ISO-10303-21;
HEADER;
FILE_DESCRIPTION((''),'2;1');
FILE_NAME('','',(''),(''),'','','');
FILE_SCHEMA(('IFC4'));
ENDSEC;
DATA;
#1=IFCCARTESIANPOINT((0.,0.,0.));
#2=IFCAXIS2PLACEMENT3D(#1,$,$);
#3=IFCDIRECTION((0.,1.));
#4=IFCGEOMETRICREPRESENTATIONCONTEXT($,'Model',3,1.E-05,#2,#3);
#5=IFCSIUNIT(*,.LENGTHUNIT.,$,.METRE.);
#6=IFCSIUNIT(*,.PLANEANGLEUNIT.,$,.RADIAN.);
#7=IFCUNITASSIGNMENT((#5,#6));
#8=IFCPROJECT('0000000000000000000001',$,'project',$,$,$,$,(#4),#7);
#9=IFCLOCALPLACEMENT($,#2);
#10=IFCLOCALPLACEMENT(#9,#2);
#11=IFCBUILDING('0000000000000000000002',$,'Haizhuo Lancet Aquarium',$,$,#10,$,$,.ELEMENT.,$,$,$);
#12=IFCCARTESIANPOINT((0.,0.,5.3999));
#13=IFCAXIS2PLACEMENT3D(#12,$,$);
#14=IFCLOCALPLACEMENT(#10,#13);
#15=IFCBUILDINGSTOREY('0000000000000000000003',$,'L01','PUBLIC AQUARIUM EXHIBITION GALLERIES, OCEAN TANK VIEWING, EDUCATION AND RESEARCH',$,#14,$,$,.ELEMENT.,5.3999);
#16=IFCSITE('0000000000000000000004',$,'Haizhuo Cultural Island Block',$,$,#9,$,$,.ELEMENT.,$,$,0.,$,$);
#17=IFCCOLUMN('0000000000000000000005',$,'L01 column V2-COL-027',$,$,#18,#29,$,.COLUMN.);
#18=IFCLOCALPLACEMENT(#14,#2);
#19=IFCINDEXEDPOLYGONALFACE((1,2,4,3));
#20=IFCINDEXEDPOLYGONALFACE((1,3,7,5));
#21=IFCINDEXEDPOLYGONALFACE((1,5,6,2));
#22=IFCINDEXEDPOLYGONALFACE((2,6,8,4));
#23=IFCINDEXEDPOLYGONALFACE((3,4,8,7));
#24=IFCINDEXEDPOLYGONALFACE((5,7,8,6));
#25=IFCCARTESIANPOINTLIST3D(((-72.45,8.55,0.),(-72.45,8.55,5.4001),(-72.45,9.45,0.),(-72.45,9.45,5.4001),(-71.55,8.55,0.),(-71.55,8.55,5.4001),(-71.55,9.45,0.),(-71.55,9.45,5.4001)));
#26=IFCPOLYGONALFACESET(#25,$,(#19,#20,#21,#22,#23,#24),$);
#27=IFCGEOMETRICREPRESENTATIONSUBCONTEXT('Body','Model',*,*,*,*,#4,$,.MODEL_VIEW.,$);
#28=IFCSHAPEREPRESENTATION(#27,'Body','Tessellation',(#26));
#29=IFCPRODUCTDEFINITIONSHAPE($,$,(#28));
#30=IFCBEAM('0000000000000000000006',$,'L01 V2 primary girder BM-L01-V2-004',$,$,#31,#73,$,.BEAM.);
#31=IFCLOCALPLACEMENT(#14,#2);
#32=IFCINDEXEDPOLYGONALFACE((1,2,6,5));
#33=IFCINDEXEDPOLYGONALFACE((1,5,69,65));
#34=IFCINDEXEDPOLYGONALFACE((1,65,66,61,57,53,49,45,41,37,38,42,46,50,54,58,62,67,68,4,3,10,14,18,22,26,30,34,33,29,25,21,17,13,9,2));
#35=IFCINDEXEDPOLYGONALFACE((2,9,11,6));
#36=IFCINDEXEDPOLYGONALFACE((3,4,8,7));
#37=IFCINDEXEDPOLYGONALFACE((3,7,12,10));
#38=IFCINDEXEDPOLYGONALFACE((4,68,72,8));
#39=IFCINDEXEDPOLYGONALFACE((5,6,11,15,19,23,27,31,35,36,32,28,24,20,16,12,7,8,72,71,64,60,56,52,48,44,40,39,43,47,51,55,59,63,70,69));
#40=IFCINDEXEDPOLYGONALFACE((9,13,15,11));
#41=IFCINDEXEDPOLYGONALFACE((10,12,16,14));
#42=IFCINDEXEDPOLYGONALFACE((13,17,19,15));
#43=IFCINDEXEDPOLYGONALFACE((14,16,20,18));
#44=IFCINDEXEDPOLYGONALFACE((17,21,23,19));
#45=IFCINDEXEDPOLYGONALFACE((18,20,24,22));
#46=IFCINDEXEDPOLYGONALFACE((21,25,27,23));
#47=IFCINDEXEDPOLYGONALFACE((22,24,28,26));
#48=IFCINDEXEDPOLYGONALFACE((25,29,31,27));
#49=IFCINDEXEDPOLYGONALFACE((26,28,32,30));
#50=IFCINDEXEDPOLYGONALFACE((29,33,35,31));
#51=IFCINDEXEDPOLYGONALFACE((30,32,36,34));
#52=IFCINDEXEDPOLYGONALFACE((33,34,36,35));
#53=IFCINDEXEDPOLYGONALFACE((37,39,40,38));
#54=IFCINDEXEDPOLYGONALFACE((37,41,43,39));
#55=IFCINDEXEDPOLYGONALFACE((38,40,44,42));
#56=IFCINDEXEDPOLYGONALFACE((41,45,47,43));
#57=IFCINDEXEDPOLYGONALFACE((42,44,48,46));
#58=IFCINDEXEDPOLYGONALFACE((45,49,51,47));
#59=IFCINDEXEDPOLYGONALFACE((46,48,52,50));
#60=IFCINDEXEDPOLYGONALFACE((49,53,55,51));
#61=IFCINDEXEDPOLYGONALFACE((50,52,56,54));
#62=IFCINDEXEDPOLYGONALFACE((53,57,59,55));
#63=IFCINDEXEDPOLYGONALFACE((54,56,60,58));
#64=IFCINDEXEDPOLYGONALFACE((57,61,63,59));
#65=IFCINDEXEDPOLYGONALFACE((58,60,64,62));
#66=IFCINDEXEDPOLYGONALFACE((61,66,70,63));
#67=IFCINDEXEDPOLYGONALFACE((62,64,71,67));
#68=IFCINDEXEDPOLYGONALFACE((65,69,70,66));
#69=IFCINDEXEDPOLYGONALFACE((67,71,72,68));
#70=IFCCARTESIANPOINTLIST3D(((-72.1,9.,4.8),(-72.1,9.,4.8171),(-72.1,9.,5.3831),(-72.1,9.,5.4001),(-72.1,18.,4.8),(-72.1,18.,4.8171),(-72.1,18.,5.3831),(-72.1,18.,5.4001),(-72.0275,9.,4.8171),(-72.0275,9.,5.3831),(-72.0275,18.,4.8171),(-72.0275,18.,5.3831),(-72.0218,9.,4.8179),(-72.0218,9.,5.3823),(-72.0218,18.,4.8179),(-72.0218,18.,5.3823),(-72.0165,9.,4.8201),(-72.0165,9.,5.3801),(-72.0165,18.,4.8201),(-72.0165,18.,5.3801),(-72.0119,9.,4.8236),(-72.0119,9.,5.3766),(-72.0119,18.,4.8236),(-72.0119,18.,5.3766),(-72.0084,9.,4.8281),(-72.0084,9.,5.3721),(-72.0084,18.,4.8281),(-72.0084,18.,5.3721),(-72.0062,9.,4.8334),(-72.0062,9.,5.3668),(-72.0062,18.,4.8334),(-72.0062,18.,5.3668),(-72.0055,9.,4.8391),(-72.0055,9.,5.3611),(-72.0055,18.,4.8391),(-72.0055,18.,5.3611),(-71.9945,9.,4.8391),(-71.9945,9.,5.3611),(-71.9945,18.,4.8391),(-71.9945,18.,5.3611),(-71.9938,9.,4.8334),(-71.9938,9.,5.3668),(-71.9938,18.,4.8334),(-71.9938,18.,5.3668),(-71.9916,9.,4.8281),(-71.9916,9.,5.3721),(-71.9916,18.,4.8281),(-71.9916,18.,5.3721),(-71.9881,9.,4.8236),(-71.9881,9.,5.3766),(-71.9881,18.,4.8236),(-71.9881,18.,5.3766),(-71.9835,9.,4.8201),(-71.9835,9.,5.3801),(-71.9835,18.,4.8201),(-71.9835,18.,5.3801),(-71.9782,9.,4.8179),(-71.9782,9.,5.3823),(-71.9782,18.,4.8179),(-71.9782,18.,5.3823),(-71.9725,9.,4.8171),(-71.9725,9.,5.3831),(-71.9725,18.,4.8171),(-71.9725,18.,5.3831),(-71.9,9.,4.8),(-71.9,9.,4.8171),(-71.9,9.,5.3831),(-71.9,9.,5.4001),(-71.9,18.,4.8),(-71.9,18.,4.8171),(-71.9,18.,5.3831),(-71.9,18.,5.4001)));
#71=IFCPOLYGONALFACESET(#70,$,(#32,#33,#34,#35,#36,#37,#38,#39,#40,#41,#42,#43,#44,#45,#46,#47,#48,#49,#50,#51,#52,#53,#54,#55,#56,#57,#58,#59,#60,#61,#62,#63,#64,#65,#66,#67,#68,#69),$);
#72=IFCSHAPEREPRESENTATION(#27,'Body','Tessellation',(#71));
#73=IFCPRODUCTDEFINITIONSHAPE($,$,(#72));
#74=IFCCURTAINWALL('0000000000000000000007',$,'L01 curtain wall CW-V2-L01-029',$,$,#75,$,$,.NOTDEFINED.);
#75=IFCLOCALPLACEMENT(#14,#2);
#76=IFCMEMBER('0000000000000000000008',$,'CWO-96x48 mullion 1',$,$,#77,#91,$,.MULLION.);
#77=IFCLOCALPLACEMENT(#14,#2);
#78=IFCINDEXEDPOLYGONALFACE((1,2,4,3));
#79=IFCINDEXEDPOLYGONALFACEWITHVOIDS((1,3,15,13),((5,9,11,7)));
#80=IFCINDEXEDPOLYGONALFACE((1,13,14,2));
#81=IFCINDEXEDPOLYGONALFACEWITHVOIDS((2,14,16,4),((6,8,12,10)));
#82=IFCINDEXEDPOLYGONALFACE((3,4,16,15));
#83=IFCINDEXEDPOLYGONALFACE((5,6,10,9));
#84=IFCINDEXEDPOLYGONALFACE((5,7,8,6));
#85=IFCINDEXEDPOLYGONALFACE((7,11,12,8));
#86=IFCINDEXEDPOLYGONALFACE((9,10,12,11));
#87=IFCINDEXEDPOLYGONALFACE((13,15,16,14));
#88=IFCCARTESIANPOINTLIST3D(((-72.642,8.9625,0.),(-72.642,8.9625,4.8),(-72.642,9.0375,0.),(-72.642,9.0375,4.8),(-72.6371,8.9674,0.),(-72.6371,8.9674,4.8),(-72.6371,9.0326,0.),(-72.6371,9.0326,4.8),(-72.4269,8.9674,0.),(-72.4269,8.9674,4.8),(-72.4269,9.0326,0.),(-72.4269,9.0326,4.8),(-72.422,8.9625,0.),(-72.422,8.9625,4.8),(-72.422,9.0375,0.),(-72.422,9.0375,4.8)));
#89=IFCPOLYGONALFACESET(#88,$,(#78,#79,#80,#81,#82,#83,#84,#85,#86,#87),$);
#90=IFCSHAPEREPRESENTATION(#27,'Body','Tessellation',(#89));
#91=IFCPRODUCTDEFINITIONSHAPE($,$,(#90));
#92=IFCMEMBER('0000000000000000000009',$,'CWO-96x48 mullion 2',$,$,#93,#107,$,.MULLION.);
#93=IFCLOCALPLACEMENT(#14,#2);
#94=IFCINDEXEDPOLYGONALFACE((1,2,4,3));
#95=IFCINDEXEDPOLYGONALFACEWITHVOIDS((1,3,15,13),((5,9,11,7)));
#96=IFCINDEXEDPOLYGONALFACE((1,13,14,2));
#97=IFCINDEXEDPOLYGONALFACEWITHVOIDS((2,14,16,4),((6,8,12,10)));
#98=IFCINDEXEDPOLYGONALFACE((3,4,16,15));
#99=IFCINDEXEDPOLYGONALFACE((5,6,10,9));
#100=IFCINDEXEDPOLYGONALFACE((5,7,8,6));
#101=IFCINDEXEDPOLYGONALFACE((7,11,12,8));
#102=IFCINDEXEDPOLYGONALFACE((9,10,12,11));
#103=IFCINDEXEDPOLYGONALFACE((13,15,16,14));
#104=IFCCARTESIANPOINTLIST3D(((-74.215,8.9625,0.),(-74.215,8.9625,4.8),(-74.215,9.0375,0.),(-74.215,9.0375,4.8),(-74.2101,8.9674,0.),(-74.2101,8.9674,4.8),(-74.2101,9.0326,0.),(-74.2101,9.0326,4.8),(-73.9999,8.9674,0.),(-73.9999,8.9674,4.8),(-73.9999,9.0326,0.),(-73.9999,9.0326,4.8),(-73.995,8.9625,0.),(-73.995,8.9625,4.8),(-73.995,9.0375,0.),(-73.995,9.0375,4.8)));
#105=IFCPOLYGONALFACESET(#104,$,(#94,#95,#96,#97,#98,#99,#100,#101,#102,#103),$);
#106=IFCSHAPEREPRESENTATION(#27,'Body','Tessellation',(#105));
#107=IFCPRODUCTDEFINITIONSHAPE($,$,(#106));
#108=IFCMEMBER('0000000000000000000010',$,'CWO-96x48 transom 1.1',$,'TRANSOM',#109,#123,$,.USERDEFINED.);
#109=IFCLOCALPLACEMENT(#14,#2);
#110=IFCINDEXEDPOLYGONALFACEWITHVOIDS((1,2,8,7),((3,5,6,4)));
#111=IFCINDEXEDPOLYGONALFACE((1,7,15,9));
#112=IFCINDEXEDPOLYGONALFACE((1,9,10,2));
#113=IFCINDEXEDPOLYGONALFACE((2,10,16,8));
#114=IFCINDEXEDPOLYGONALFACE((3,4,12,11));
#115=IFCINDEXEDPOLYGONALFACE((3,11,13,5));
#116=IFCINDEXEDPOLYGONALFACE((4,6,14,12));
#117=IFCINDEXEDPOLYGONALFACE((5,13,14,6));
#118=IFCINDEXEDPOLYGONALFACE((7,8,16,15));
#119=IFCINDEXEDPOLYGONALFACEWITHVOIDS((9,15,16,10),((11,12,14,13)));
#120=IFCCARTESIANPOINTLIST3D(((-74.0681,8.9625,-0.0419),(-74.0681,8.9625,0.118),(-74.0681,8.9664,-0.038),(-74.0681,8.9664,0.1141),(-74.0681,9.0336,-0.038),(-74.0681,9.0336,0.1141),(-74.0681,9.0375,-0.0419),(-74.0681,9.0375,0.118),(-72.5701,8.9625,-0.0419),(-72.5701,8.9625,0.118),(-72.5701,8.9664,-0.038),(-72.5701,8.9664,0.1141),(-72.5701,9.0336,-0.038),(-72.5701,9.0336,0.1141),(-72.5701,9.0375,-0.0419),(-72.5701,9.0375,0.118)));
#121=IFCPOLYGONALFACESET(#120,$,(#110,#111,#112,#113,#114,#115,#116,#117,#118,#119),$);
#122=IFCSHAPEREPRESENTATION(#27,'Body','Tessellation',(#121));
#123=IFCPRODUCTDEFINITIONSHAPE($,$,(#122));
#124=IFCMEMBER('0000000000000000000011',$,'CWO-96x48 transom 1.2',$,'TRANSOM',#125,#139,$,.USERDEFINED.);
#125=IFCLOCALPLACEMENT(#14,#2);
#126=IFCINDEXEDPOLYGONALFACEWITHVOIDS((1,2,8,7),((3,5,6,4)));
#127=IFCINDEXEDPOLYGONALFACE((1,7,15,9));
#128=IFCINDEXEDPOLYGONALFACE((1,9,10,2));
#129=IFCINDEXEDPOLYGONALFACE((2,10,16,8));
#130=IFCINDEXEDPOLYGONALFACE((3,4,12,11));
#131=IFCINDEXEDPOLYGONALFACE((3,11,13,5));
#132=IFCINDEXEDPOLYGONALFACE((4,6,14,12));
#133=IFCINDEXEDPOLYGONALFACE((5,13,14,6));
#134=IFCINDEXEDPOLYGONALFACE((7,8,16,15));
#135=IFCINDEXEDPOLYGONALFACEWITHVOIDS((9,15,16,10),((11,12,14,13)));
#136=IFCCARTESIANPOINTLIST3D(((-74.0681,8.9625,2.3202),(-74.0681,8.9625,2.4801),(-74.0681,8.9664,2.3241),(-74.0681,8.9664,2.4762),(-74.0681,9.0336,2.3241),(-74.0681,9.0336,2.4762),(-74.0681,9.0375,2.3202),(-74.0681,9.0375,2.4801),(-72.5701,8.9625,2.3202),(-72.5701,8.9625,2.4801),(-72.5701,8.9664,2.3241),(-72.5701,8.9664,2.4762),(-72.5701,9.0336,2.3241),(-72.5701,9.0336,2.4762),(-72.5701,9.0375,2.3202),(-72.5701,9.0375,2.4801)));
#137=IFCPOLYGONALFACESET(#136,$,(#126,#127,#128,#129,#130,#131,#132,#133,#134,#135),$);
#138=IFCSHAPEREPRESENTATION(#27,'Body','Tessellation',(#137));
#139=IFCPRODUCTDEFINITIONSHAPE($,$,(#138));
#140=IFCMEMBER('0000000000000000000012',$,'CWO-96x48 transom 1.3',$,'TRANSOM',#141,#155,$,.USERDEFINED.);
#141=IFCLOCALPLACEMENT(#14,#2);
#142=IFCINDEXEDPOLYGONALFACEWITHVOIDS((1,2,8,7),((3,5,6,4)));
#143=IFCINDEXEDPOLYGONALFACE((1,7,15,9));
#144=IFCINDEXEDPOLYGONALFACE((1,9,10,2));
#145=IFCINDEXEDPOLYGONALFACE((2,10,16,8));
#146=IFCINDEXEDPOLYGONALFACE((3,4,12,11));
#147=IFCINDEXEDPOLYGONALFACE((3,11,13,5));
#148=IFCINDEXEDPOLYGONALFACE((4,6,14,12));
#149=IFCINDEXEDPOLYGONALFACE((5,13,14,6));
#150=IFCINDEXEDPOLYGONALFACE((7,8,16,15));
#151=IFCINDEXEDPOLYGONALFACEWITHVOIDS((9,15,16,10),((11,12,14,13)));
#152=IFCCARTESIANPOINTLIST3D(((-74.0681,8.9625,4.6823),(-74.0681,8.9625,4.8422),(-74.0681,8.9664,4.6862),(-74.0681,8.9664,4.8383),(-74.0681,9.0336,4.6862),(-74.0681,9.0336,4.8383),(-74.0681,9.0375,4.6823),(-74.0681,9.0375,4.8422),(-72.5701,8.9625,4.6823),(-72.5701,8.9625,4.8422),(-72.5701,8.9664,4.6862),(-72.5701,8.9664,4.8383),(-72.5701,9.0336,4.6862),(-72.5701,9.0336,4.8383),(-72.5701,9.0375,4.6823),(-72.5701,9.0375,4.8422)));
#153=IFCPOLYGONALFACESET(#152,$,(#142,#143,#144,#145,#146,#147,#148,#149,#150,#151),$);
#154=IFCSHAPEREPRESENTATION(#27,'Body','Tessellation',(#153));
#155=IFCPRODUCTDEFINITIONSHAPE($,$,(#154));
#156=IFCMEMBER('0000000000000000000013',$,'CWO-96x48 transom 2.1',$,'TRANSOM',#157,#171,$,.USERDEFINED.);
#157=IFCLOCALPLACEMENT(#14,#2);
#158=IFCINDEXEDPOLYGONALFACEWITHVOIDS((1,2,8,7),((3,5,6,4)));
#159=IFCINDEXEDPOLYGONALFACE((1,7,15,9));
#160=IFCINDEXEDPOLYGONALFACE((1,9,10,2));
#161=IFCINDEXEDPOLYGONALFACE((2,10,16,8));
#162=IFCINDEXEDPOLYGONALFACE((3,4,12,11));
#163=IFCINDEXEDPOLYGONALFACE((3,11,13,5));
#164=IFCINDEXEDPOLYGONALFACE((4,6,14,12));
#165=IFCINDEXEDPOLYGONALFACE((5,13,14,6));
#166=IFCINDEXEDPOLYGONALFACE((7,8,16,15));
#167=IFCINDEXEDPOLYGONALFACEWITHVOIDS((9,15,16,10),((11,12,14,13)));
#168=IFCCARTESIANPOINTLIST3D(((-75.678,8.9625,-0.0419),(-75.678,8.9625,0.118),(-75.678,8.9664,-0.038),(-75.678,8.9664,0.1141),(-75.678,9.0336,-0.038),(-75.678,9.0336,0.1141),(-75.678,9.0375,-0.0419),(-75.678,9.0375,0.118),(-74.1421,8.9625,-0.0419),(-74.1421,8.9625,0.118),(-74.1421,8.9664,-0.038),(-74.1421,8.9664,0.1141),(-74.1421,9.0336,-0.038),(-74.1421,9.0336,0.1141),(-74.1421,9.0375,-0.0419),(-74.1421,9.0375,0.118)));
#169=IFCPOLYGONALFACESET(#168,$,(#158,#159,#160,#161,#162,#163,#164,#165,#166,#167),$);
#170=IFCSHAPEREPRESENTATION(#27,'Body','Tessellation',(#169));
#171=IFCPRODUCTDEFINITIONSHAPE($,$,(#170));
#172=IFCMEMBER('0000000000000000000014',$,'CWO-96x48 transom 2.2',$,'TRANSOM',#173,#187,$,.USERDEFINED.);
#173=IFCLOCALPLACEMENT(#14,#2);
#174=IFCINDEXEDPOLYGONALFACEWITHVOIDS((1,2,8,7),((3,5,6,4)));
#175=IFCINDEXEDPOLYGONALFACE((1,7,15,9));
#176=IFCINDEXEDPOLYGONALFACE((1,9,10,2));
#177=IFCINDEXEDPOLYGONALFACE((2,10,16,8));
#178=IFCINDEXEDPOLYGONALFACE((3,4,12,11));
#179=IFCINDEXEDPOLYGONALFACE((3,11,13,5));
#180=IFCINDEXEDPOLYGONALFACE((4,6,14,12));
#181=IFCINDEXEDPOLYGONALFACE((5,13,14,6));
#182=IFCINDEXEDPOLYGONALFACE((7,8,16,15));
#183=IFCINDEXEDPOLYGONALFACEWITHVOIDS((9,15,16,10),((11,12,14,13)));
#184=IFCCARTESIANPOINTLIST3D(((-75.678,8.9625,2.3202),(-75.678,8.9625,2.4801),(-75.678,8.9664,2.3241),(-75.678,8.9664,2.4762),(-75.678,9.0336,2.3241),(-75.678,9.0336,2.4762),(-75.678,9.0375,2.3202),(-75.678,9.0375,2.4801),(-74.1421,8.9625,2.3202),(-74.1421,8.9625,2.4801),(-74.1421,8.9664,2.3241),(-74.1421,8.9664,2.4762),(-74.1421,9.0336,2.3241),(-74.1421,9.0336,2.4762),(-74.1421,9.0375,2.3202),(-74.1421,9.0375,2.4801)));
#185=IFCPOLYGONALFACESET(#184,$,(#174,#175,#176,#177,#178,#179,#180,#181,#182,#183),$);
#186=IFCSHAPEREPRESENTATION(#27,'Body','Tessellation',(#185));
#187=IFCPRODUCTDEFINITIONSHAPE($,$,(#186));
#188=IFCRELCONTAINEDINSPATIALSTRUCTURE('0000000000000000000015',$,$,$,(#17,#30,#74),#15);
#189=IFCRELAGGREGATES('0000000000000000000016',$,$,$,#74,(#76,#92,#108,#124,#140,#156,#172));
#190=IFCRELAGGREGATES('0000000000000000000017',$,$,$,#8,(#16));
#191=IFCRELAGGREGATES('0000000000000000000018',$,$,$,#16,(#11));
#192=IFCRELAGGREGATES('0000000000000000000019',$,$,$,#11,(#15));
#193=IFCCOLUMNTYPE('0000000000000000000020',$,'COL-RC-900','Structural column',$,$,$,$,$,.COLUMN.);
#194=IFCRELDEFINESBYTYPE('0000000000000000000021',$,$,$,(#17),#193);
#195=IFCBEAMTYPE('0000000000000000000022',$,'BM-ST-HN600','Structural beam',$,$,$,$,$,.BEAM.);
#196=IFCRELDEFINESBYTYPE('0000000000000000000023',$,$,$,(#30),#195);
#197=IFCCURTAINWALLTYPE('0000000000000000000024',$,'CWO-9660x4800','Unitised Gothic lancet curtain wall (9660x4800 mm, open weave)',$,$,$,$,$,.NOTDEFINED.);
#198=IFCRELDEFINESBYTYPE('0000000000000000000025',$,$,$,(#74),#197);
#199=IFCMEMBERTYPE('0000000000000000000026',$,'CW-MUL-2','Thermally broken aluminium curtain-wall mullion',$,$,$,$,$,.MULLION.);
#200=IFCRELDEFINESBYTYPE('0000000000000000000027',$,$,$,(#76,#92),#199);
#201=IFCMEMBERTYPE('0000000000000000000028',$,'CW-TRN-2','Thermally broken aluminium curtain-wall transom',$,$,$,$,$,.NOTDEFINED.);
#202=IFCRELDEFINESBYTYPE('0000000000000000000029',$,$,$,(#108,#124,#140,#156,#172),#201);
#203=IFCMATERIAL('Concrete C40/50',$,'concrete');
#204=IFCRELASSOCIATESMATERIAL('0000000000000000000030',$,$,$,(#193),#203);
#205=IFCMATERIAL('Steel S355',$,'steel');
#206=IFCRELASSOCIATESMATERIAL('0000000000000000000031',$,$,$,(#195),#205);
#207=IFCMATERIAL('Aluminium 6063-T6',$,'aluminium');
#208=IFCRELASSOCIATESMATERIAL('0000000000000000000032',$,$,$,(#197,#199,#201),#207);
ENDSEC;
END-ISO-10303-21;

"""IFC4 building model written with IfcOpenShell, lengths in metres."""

from ifc_helpers import new_model, si_unit, direction, frame, origin, origin_2d, place, context, subcontext, project, spatial, rectangle, hollow_rectangle, i_section, extrude, material, material_profile, profile_set, type_object, element, aggregate, save


model = new_model("IFC4")

# Units and contexts
model_context = context("Model", 3, precision=1e-05, world=origin(), true_north=direction((0.0, 1.0)))
body_context = subcontext(model_context, "Body", "Model", "MODEL_VIEW")
ifc_project = project(units=[si_unit("LENGTHUNIT", "METRE"), si_unit("PLANEANGLEUNIT", "RADIAN")], contexts=[model_context])

# Site, building, storey
site_placement = place(None, origin())
site = spatial("IfcSite", under=ifc_project, at=site_placement, Name="Haizhuo Cultural Island Block", CompositionType="ELEMENT", RefElevation=0.0)
building_placement = place(site_placement, origin())
building = spatial("IfcBuilding", under=site, at=building_placement, Name="Haizhuo Lancet Aquarium", CompositionType="ELEMENT")
storey_placement = place(building_placement, frame((0.0, 0.0, 5.3999)))
storey = spatial("IfcBuildingStorey", under=building, at=storey_placement, Name="L01", Description="PUBLIC AQUARIUM EXHIBITION GALLERIES, OCEAN TANK VIEWING, EDUCATION AND RESEARCH", CompositionType="ELEMENT", Elevation=5.3999)

# Column
ifc_material_1 = material(Name="Concrete C40/50", Category="concrete")
ifc_material_profile_1 = material_profile(ifc_material_1, rectangle(XDim=0.8999, YDim=0.8999, at=origin_2d()), Name="RC-COL 900x900")
ifc_profile_set_1 = profile_set([ifc_material_profile_1], Name="Concrete C40/50")
column_type = type_object("IfcColumnType", Name="COL-RC-900", Description="Structural column", PredefinedType="COLUMN", material=ifc_profile_set_1)
column_placement = place(storey_placement, frame((-72.0, 9.0, 0.0), z_axis=(0.0, 0.0, 1.0), x_axis=(1.0, 0.0, 0.0)))
element("IfcColumn", 1, at=column_placement, inside=storey, type_object=column_type, Name="L01 column V2-COL-027", PredefinedType="COLUMN", context=body_context, shape_type="SweptSolid", body=[
    extrude(rectangle(XDim=0.8999, YDim=0.8999, at=origin_2d()), origin(), (0.0, 0.0, 1.0), 5.4001),
])

# Beam
ifc_material_2 = material(Name="Steel S355", Category="steel")
ifc_material_profile_2 = material_profile(ifc_material_2, i_section(OverallWidth=0.2, OverallDepth=0.6001, WebThickness=0.011, FlangeThickness=0.0171, FilletRadius=0.022, at=origin_2d()), Name="HN 600x200x11x17")
ifc_profile_set_2 = profile_set([ifc_material_profile_2], Name="Steel S355")
beam_type = type_object("IfcBeamType", Name="BM-ST-HN600", Description="Structural beam", PredefinedType="BEAM", material=ifc_profile_set_2)
beam_placement = place(storey_placement, frame((-72.0, 9.0, 5.1001), z_axis=(0.0, 1.0, 0.0), x_axis=(-1.0, 0.0, 0.0)))
element("IfcBeam", 2, at=beam_placement, inside=storey, type_object=beam_type, Name="L01 V2 primary girder BM-L01-V2-004", PredefinedType="BEAM", context=body_context, shape_type="SweptSolid", body=[
    extrude(i_section(OverallWidth=0.2, OverallDepth=0.6001, WebThickness=0.011, FlangeThickness=0.0171, FilletRadius=0.022, at=origin_2d()), origin(), (0.0, 0.0, 1.0), 9.0),
])

# Curtain wall, members
ifc_material_3 = material(Name="Aluminium 6063-T6", Category="aluminium")
curtain_wall_type = type_object("IfcCurtainWallType", Name="CWO-9660x4800", Description="Unitised Gothic lancet curtain wall (9660x4800 mm, open weave)", PredefinedType="NOTDEFINED", material=ifc_material_3)
curtain_wall_placement = place(storey_placement, origin())
curtain_wall = element("IfcCurtainWall", 3, at=curtain_wall_placement, inside=storey, type_object=curtain_wall_type, Name="L01 curtain wall CW-V2-L01-029", PredefinedType="NOTDEFINED")
ifc_material_profile_3 = material_profile(ifc_material_3, hollow_rectangle(XDim=0.075, YDim=0.22, WallThickness=0.0049, at=origin_2d()), Name="ALU-M 75x220x5")
ifc_profile_set_3 = profile_set([ifc_material_profile_3], Name="Aluminium 6063-T6")
member_type_1 = type_object("IfcMemberType", Name="CW-MUL-2", Description="Thermally broken aluminium curtain-wall mullion", PredefinedType="MULLION", material=ifc_profile_set_3)
member_1_placement = place(storey_placement, frame((-72.532, 9.0, 0.0), z_axis=(0.0, 0.0, 1.0), x_axis=(0.0, -1.0, 0.0)))
member_1 = element("IfcMember", 4, at=member_1_placement, type_object=member_type_1, Name="CWO-96x48 mullion 1", PredefinedType="MULLION", context=body_context, shape_type="SweptSolid", body=[
    extrude(hollow_rectangle(XDim=0.075, YDim=0.22, WallThickness=0.0049, at=origin_2d()), origin(), (0.0, 0.0, 1.0), 4.8),
])
member_2_placement = place(storey_placement, frame((-74.105, 9.0, 0.0), z_axis=(0.0, 0.0, 1.0), x_axis=(0.0, -1.0, 0.0)))
member_2 = element("IfcMember", 5, at=member_2_placement, type_object=member_type_1, Name="CWO-96x48 mullion 2", PredefinedType="MULLION", context=body_context, shape_type="SweptSolid", body=[
    extrude(hollow_rectangle(XDim=0.075, YDim=0.22, WallThickness=0.0049, at=origin_2d()), origin(), (0.0, 0.0, 1.0), 4.8),
])
ifc_material_profile_4 = material_profile(ifc_material_3, hollow_rectangle(XDim=0.075, YDim=0.1599, WallThickness=0.0039, at=origin_2d()), Name="ALU-T 75x160x4")
ifc_profile_set_4 = profile_set([ifc_material_profile_4], Name="Aluminium 6063-T6")
member_type_2 = type_object("IfcMemberType", Name="CW-TRN-2", Description="Thermally broken aluminium curtain-wall transom", PredefinedType="NOTDEFINED", material=ifc_profile_set_4)
member_3_placement = place(storey_placement, frame((-72.5701, 9.0, 0.0381), z_axis=(-1.0, 0.0, 0.0), x_axis=(0.0, -1.0, 0.0)))
member_3 = element("IfcMember", 6, at=member_3_placement, type_object=member_type_2, Name="CWO-96x48 transom 1.1", ObjectType="TRANSOM", PredefinedType="USERDEFINED", context=body_context, shape_type="SweptSolid", body=[
    extrude(hollow_rectangle(XDim=0.075, YDim=0.1599, WallThickness=0.0039, at=origin_2d()), origin(), (0.0, 0.0, 1.0), 1.498),
])
member_4_placement = place(storey_placement, frame((-72.5701, 9.0, 2.4001), z_axis=(-1.0, 0.0, 0.0), x_axis=(0.0, -1.0, 0.0)))
member_4 = element("IfcMember", 7, at=member_4_placement, type_object=member_type_2, Name="CWO-96x48 transom 1.2", ObjectType="TRANSOM", PredefinedType="USERDEFINED", context=body_context, shape_type="SweptSolid", body=[
    extrude(hollow_rectangle(XDim=0.075, YDim=0.1599, WallThickness=0.0039, at=origin_2d()), origin(), (0.0, 0.0, 1.0), 1.498),
])
member_5_placement = place(storey_placement, frame((-72.5701, 9.0, 4.7622), z_axis=(-1.0, 0.0, 0.0), x_axis=(0.0, -1.0, 0.0)))
member_5 = element("IfcMember", 8, at=member_5_placement, type_object=member_type_2, Name="CWO-96x48 transom 1.3", ObjectType="TRANSOM", PredefinedType="USERDEFINED", context=body_context, shape_type="SweptSolid", body=[
    extrude(hollow_rectangle(XDim=0.075, YDim=0.1599, WallThickness=0.0039, at=origin_2d()), origin(), (0.0, 0.0, 1.0), 1.498),
])
member_6_placement = place(storey_placement, frame((-74.1421, 9.0, 0.0381), z_axis=(-1.0, 0.0, 0.0), x_axis=(0.0, -1.0, 0.0)))
member_6 = element("IfcMember", 9, at=member_6_placement, type_object=member_type_2, Name="CWO-96x48 transom 2.1", ObjectType="TRANSOM", PredefinedType="USERDEFINED", context=body_context, shape_type="SweptSolid", body=[
    extrude(hollow_rectangle(XDim=0.075, YDim=0.1599, WallThickness=0.0039, at=origin_2d()), origin(), (0.0, 0.0, 1.0), 1.5359),
])
member_7_placement = place(storey_placement, frame((-74.1421, 9.0, 2.4001), z_axis=(-1.0, 0.0, 0.0), x_axis=(0.0, -1.0, 0.0)))
member_7 = element("IfcMember", 10, at=member_7_placement, type_object=member_type_2, Name="CWO-96x48 transom 2.2", ObjectType="TRANSOM", PredefinedType="USERDEFINED", context=body_context, shape_type="SweptSolid", body=[
    extrude(hollow_rectangle(XDim=0.075, YDim=0.1599, WallThickness=0.0039, at=origin_2d()), origin(), (0.0, 0.0, 1.0), 1.5359),
])

aggregate(curtain_wall, [member_1, member_2, member_3, member_4, member_5, member_6, member_7])

save(model, "model.ifc")
